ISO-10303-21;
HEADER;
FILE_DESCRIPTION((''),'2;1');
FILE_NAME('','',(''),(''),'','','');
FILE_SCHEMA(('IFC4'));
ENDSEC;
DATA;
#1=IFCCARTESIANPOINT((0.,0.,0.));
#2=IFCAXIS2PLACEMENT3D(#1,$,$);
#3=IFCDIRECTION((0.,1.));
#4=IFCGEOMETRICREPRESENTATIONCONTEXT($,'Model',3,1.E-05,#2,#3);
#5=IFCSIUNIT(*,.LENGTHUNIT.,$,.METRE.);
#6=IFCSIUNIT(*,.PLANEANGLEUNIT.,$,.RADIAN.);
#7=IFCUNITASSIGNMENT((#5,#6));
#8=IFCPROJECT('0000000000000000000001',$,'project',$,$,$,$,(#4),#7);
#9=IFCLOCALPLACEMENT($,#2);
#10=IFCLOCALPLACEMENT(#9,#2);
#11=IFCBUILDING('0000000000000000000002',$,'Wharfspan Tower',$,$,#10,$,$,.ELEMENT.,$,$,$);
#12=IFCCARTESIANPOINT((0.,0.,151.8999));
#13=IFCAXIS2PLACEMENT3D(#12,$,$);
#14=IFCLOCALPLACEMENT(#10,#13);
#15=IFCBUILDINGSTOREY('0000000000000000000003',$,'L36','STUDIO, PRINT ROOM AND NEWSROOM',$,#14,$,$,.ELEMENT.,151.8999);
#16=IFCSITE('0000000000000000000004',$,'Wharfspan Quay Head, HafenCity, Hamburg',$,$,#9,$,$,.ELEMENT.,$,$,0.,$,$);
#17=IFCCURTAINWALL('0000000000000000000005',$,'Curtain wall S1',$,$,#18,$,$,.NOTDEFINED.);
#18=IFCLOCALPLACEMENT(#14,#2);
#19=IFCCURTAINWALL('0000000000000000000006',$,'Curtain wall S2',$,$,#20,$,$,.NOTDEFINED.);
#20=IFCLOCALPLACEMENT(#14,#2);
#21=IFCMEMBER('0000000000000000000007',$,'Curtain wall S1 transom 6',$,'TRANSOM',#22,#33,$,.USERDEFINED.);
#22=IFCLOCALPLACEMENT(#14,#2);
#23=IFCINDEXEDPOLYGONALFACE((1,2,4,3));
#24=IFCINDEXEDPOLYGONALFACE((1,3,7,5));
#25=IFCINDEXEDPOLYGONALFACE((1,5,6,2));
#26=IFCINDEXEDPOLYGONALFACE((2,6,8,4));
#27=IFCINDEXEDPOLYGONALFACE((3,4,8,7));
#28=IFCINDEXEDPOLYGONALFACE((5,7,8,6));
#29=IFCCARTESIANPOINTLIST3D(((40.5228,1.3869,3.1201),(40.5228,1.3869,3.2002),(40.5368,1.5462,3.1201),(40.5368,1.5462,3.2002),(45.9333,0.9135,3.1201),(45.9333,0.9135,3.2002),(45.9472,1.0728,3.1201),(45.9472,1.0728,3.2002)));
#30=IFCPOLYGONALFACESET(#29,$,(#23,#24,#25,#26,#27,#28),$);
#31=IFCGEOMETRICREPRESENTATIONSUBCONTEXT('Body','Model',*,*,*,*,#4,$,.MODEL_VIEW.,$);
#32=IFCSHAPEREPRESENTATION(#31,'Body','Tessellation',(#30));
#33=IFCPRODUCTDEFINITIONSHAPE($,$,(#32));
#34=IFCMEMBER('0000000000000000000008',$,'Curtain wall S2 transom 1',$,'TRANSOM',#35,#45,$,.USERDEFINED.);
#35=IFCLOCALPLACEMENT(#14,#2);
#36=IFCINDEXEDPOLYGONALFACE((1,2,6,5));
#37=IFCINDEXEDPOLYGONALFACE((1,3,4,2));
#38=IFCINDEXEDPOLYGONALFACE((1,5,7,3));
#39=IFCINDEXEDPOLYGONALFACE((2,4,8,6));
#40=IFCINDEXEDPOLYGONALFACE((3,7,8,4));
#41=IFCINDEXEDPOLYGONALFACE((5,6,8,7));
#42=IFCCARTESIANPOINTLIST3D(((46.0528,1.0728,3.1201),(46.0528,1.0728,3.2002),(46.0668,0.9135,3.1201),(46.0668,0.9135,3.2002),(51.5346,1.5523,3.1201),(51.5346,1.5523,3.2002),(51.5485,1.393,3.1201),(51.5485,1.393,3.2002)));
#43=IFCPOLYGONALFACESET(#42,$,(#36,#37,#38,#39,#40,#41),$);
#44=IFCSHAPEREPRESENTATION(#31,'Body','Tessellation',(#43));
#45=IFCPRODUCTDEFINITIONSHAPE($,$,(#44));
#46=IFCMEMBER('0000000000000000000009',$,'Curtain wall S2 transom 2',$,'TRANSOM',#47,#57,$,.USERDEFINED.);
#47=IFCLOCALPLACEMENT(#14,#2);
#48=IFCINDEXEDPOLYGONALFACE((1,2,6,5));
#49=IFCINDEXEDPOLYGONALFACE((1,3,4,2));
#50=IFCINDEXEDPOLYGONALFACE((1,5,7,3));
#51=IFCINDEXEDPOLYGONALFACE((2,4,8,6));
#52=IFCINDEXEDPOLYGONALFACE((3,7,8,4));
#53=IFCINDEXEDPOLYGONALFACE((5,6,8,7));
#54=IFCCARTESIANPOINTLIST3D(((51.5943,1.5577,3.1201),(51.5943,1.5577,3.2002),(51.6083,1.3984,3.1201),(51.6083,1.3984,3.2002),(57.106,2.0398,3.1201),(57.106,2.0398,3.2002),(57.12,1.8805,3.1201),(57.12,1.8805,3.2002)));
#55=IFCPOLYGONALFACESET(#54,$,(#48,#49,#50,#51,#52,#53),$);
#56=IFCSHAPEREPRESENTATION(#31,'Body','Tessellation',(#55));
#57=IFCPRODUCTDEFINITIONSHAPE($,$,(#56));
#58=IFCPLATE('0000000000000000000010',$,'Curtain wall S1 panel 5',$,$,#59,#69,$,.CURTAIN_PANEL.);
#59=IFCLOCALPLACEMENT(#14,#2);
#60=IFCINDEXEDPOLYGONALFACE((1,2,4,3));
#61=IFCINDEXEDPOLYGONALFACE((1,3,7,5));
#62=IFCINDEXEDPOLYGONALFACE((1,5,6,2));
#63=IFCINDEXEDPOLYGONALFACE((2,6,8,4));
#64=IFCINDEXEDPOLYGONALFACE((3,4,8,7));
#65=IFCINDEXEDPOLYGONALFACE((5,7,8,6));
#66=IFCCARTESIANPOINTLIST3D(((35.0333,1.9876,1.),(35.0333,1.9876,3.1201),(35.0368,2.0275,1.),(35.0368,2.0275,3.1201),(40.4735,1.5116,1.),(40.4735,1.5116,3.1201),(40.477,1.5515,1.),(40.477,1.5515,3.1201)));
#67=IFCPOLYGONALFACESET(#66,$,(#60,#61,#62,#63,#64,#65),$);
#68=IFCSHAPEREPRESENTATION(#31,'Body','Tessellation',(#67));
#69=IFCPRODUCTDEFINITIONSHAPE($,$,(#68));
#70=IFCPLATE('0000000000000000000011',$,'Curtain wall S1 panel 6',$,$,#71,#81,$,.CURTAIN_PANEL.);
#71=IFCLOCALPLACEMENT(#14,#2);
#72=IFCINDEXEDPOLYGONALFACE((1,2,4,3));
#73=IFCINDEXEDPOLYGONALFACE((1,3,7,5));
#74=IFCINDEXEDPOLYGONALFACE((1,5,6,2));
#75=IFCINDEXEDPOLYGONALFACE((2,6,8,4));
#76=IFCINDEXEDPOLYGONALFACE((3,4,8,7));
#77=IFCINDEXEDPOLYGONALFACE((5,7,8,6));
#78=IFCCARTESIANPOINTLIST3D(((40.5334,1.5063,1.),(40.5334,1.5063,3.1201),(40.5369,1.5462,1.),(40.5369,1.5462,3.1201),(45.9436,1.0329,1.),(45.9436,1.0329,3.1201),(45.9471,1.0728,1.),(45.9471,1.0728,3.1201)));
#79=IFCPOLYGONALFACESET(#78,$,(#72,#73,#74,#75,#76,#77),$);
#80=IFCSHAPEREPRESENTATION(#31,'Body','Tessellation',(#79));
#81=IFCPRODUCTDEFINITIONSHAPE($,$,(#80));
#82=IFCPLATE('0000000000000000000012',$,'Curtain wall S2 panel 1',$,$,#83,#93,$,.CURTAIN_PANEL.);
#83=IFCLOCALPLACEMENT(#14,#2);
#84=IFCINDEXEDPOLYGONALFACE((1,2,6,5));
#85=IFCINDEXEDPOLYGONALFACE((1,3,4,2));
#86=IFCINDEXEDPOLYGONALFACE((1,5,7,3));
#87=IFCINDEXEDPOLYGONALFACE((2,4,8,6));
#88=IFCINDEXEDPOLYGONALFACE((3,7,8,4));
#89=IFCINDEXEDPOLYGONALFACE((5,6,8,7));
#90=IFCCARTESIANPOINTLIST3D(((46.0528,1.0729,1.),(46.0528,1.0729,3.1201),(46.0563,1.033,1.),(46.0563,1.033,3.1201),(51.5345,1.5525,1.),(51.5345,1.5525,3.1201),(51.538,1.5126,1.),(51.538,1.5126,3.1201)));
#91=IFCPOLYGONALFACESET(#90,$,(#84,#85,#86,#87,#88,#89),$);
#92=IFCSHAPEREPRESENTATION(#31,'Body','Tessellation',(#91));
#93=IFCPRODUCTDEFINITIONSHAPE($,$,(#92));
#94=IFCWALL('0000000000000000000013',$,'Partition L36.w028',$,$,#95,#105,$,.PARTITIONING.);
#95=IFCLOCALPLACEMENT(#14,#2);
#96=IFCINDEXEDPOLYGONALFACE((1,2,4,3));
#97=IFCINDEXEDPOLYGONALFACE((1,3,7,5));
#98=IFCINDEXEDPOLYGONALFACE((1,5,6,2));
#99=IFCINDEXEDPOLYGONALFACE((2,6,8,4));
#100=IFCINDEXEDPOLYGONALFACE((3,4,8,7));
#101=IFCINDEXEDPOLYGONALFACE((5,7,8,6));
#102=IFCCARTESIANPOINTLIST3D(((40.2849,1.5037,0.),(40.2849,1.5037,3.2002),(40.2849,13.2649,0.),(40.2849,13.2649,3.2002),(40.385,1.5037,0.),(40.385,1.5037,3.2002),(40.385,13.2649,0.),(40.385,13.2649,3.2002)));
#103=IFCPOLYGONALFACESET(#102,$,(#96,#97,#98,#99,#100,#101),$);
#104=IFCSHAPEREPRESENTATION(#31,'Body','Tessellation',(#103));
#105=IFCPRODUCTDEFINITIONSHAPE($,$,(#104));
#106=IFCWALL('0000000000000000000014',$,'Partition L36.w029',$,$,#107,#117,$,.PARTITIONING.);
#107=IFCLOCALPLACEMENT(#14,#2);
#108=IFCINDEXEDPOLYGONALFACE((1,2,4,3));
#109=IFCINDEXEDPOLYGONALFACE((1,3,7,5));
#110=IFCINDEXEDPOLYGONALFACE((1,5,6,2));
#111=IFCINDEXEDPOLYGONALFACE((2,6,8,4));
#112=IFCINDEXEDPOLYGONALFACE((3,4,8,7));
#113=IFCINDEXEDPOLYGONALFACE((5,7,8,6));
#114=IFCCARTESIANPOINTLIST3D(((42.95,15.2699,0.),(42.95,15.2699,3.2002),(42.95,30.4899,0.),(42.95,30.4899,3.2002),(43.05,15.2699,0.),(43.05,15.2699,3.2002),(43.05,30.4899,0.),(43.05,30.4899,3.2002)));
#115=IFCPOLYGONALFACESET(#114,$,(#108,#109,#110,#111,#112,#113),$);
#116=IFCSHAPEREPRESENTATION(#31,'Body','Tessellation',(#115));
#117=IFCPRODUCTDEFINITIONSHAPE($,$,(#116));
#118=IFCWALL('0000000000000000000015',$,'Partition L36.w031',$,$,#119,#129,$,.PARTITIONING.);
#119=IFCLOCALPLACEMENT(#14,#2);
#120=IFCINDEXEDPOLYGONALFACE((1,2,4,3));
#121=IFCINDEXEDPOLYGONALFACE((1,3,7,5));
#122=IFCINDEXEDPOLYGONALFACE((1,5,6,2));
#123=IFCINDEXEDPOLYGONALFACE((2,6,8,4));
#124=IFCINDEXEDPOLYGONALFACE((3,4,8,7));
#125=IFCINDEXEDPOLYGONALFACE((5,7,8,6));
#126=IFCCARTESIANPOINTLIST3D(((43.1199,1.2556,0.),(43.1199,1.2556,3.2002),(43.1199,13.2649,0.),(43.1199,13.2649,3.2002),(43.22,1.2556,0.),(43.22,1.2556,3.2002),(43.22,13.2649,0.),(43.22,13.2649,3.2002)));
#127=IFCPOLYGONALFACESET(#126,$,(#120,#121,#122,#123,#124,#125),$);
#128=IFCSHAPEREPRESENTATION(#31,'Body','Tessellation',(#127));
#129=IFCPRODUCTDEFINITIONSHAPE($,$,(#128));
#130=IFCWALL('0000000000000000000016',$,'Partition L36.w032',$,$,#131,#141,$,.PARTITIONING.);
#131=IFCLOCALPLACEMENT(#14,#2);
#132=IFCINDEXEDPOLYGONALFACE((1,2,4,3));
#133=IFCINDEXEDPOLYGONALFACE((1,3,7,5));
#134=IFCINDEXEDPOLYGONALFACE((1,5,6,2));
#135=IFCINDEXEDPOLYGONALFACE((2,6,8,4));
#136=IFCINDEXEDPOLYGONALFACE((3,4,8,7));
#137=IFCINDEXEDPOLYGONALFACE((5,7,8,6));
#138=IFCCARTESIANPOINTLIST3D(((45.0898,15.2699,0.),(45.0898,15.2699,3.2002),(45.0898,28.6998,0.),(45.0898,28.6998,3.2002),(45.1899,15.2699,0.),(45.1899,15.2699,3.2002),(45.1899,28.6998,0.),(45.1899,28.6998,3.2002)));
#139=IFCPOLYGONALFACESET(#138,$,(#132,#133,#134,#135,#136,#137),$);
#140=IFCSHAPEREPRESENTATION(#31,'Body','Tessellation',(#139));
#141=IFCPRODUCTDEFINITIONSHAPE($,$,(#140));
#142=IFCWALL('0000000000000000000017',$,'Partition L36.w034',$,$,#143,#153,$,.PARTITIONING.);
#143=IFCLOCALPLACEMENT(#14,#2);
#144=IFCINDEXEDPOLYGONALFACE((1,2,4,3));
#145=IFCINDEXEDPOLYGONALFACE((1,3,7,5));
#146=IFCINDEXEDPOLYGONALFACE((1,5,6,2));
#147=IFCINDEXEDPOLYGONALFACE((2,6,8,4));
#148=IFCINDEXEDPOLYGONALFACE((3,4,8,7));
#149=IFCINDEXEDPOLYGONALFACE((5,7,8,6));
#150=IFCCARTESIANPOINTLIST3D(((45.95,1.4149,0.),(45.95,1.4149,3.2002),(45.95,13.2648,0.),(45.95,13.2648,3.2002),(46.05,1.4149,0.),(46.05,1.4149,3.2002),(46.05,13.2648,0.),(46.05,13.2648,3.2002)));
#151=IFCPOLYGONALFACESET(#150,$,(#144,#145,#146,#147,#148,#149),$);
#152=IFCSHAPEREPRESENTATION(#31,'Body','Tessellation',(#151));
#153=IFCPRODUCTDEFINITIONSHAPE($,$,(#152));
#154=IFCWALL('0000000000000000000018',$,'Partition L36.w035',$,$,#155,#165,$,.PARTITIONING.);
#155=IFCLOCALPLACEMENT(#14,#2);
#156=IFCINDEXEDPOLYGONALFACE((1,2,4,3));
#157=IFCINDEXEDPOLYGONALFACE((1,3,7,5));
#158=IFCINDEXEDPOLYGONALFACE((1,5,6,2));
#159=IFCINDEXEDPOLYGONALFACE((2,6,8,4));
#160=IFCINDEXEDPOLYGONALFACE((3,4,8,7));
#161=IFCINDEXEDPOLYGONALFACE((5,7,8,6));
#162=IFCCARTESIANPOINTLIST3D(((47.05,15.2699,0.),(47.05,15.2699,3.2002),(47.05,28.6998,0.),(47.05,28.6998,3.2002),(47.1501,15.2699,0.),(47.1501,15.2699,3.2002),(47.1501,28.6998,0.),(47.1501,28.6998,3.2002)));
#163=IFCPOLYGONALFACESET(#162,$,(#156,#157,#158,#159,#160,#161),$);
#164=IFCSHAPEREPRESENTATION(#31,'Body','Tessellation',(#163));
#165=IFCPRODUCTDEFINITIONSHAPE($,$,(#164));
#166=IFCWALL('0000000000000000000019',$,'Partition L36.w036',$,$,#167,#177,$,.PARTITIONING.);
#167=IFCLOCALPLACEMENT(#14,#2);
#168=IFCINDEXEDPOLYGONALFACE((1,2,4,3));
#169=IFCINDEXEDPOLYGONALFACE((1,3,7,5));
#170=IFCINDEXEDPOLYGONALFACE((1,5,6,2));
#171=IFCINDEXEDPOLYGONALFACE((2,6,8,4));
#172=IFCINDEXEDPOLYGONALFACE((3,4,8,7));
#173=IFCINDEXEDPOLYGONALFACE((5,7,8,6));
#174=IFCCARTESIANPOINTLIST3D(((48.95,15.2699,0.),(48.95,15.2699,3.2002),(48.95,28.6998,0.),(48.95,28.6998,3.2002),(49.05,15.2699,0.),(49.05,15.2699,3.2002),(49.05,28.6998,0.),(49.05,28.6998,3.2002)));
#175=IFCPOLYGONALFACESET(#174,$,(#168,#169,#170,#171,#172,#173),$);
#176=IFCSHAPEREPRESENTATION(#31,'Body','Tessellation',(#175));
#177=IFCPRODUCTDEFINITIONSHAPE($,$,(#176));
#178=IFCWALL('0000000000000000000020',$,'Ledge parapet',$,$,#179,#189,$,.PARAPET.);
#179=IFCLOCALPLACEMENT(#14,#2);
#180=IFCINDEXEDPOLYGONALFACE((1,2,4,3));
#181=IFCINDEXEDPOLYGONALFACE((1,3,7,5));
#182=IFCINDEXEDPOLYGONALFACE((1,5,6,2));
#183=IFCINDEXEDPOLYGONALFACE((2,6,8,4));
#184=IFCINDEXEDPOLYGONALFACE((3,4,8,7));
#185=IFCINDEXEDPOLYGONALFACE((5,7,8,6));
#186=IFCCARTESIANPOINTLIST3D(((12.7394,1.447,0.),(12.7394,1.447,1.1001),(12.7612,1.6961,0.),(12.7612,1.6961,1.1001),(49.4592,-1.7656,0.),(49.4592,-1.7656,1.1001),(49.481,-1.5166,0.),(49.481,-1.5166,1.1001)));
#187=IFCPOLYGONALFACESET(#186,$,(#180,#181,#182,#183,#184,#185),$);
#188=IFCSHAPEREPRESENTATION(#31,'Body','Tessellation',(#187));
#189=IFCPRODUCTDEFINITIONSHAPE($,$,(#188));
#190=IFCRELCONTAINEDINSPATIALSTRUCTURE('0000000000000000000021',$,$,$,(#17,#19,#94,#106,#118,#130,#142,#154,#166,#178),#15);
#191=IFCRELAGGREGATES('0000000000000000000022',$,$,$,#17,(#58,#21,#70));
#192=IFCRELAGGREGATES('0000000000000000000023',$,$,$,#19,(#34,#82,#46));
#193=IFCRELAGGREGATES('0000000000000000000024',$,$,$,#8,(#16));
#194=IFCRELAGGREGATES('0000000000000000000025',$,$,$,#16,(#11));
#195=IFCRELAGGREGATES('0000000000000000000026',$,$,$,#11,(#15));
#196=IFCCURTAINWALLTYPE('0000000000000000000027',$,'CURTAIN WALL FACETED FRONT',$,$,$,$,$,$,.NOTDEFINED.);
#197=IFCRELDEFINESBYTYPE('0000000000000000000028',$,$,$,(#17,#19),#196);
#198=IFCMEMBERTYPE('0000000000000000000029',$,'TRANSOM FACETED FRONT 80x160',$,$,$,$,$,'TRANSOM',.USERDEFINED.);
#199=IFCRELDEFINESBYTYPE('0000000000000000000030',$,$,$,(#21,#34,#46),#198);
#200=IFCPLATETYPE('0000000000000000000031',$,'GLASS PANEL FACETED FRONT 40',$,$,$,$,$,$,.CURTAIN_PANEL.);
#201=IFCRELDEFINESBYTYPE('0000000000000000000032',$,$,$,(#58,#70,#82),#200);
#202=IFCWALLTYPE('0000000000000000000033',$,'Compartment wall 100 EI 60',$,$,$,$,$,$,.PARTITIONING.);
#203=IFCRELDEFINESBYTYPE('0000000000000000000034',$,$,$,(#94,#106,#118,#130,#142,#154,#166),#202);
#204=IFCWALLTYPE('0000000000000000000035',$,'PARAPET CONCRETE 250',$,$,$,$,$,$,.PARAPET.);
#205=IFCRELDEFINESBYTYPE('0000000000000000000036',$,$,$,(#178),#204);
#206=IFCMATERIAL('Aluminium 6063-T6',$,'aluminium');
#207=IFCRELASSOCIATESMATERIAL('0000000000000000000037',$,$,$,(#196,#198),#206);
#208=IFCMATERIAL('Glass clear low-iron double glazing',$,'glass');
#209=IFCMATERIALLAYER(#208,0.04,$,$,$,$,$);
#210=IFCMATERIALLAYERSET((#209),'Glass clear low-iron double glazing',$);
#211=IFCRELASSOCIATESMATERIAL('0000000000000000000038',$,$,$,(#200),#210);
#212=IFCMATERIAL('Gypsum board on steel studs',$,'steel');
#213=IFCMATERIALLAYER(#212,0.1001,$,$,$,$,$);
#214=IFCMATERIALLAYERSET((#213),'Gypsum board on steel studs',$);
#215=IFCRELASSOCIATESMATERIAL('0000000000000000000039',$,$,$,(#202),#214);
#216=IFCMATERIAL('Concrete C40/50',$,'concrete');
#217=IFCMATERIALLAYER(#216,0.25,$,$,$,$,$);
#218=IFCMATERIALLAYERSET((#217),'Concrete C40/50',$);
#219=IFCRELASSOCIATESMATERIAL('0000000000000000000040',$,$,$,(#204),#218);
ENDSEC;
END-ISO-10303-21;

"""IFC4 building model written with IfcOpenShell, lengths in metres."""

from ifc_helpers import new_model, si_unit, direction, frame, frame_2d, origin, origin_2d, place, context, subcontext, project, spatial, rectangle, extrude, material, layer, layer_set, material_profile, profile_set, type_object, element, aggregate, save


model = new_model("IFC4")

# Units and contexts
model_context = context("Model", 3, precision=1e-05, world=origin(), true_north=direction((0.0, 1.0)))
body_context = subcontext(model_context, "Body", "Model", "MODEL_VIEW")
ifc_project = project(units=[si_unit("LENGTHUNIT", "METRE"), si_unit("PLANEANGLEUNIT", "RADIAN")], contexts=[model_context])

# Site, building, storey
site_placement = place(None, origin())
site = spatial("IfcSite", under=ifc_project, at=site_placement, Name="Wharfspan Quay Head, HafenCity, Hamburg", CompositionType="ELEMENT", RefElevation=0.0)
building_placement = place(site_placement, origin())
building = spatial("IfcBuilding", under=site, at=building_placement, Name="Wharfspan Tower", CompositionType="ELEMENT")
storey_placement = place(building_placement, frame((0.0, 0.0, 151.8999)))
storey = spatial("IfcBuildingStorey", under=building, at=storey_placement, Name="L36", Description="STUDIO, PRINT ROOM AND NEWSROOM", CompositionType="ELEMENT", Elevation=151.8999)

# Curtain walls
ifc_material_1 = material(Name="Aluminium 6063-T6", Category="aluminium")
curtain_wall_type = type_object("IfcCurtainWallType", Name="CURTAIN WALL FACETED FRONT", PredefinedType="NOTDEFINED", material=ifc_material_1)
curtain_wall_1_placement = place(storey_placement, origin())
curtain_wall_1 = element("IfcCurtainWall", 1, at=curtain_wall_1_placement, inside=storey, type_object=curtain_wall_type, Name="Curtain wall S1", PredefinedType="NOTDEFINED")
curtain_wall_2_placement = place(storey_placement, origin())
curtain_wall_2 = element("IfcCurtainWall", 2, at=curtain_wall_2_placement, inside=storey, type_object=curtain_wall_type, Name="Curtain wall S2", PredefinedType="NOTDEFINED")

# Members
ifc_material_profile_1 = material_profile(ifc_material_1, rectangle(XDim=0.1599, YDim=0.0801, at=origin_2d()))
ifc_profile_set_1 = profile_set([ifc_material_profile_1], Name="Aluminium 6063-T6")
member_type_1 = type_object("IfcMemberType", Name="TRANSOM FACETED FRONT 80x160", ElementType="TRANSOM", PredefinedType="USERDEFINED", material=ifc_profile_set_1)
member_1_placement = place(storey_placement, frame((40.5298, 1.4666, 3.1602), z_axis=(0.996194, -0.087163, 0.0), x_axis=(0.087163, 0.996194, 0.0)))
member_1 = element("IfcMember", 3, at=member_1_placement, type_object=member_type_1, Name="Curtain wall S1 transom 6", ObjectType="TRANSOM", PredefinedType="USERDEFINED", context=body_context, shape_type="SweptSolid", body=[
    extrude(rectangle(XDim=0.1599, YDim=0.0801, at=origin_2d()), origin(), (0.0, 0.0, 1.0), 5.4312),
])
member_2_placement = place(storey_placement, frame((46.0598, 0.9932, 3.1602), z_axis=(0.996196, 0.087139, 0.0), x_axis=(-0.087139, 0.996196, 0.0)))
member_2 = element("IfcMember", 4, at=member_2_placement, type_object=member_type_1, Name="Curtain wall S2 transom 1", ObjectType="TRANSOM", PredefinedType="USERDEFINED", context=body_context, shape_type="SweptSolid", body=[
    extrude(rectangle(XDim=0.1599, YDim=0.0801, at=origin_2d()), origin(), (0.0, 0.0, 1.0), 5.5027),
])
member_3_placement = place(storey_placement, frame((51.6013, 1.478, 3.1602), z_axis=(0.996195, 0.087149, 0.0), x_axis=(-0.087149, 0.996195, 0.0)))
member_3 = element("IfcMember", 5, at=member_3_placement, type_object=member_type_1, Name="Curtain wall S2 transom 2", ObjectType="TRANSOM", PredefinedType="USERDEFINED", context=body_context, shape_type="SweptSolid", body=[
    extrude(rectangle(XDim=0.1599, YDim=0.0801, at=origin_2d()), origin(), (0.0, 0.0, 1.0), 5.5327),
])

# Plates
ifc_material_2 = material(Name="Glass clear low-iron double glazing", Category="glass")
ifc_layer_1 = layer(ifc_material_2, 0.04)
ifc_layer_set_1 = layer_set([ifc_layer_1], Name="Glass clear low-iron double glazing")
plate_type = type_object("IfcPlateType", Name="GLASS PANEL FACETED FRONT 40", PredefinedType="CURTAIN_PANEL", material=ifc_layer_set_1)
plate_1_placement = place(storey_placement, frame((37.7551, 1.7695, 1.0), z_axis=(0.0, 0.0, 1.0), x_axis=(0.996198, -0.087156, 0.0)))
plate_1 = element("IfcPlate", 6, at=plate_1_placement, type_object=plate_type, Name="Curtain wall S1 panel 5", PredefinedType="CURTAIN_PANEL", context=body_context, shape_type="SweptSolid", body=[
    extrude(rectangle(XDim=5.4609, YDim=0.04, at=origin_2d()), origin(), (0.0, 0.0, 1.0), 2.1201),
])
plate_2_placement = place(storey_placement, frame((43.2402, 1.2896, 1.0), z_axis=(0.0, 0.0, 1.0), x_axis=(0.996198, -0.087156, 0.0)))
plate_2 = element("IfcPlate", 7, at=plate_2_placement, type_object=plate_type, Name="Curtain wall S1 panel 6", PredefinedType="CURTAIN_PANEL", context=body_context, shape_type="SweptSolid", body=[
    extrude(rectangle(XDim=5.4309, YDim=0.04, at=origin_2d()), origin(), (0.0, 0.0, 1.0), 2.1201),
])
aggregate(curtain_wall_1, [plate_1, member_1, plate_2])
plate_3_placement = place(storey_placement, frame((48.7954, 1.2927, 1.0), z_axis=(0.0, 0.0, 1.0), x_axis=(0.996198, 0.087156, 0.0)))
plate_3 = element("IfcPlate", 8, at=plate_3_placement, type_object=plate_type, Name="Curtain wall S2 panel 1", PredefinedType="CURTAIN_PANEL", context=body_context, shape_type="SweptSolid", body=[
    extrude(rectangle(XDim=5.5027, YDim=0.04, at=origin_2d()), origin(), (0.0, 0.0, 1.0), 2.1201),
])
aggregate(curtain_wall_2, [member_2, plate_3, member_3])

# Walls
ifc_material_3 = material(Name="Gypsum board on steel studs", Category="steel")
ifc_layer_2 = layer(ifc_material_3, 0.1001)
ifc_layer_set_2 = layer_set([ifc_layer_2], Name="Gypsum board on steel studs")
wall_type_1 = type_object("IfcWallType", Name="Compartment wall 100 EI 60", PredefinedType="PARTITIONING", material=ifc_layer_set_2)
wall_1_placement = place(storey_placement, frame((40.335, 1.5037, 0.0), z_axis=(0.0, 0.0, 1.0), x_axis=(0.0, 1.0, 0.0)))
element("IfcWall", 9, at=wall_1_placement, inside=storey, type_object=wall_type_1, Name="Partition L36.w028", PredefinedType="PARTITIONING", context=body_context, shape_type="SweptSolid", body=[
    extrude(rectangle(XDim=11.7612, YDim=0.1001, at=frame_2d((5.8806, 0.0))), origin(), (0.0, 0.0, 1.0), 3.2002),
])
wall_2_placement = place(storey_placement, frame((43.0, 15.27, 0.0), z_axis=(0.0, 0.0, 1.0), x_axis=(0.0, 1.0, 0.0)))
element("IfcWall", 10, at=wall_2_placement, inside=storey, type_object=wall_type_1, Name="Partition L36.w029", PredefinedType="PARTITIONING", context=body_context, shape_type="SweptSolid", body=[
    extrude(rectangle(XDim=15.22, YDim=0.1001, at=frame_2d((7.6099, 0.0))), origin(), (0.0, 0.0, 1.0), 3.2002),
])
wall_3_placement = place(storey_placement, frame((43.1699, 1.2556, 0.0), z_axis=(0.0, 0.0, 1.0), x_axis=(0.0, 1.0, 0.0)))
element("IfcWall", 11, at=wall_3_placement, inside=storey, type_object=wall_type_1, Name="Partition L36.w031", PredefinedType="PARTITIONING", context=body_context, shape_type="SweptSolid", body=[
    extrude(rectangle(XDim=12.0093, YDim=0.1001, at=frame_2d((6.0046, 0.0))), origin(), (0.0, 0.0, 1.0), 3.2002),
])
wall_4_placement = place(storey_placement, frame((45.1399, 15.27, 0.0), z_axis=(0.0, 0.0, 1.0), x_axis=(0.0, 1.0, 0.0)))
element("IfcWall", 12, at=wall_4_placement, inside=storey, type_object=wall_type_1, Name="Partition L36.w032", PredefinedType="PARTITIONING", context=body_context, shape_type="SweptSolid", body=[
    extrude(rectangle(XDim=13.4299, YDim=0.1001, at=frame_2d((6.7148, 0.0))), origin(), (0.0, 0.0, 1.0), 3.2002),
])
wall_5_placement = place(storey_placement, frame((46.0, 1.415, 0.0), z_axis=(0.0, 0.0, 1.0), x_axis=(0.0, 1.0, 0.0)))
element("IfcWall", 13, at=wall_5_placement, inside=storey, type_object=wall_type_1, Name="Partition L36.w034", PredefinedType="PARTITIONING", context=body_context, shape_type="SweptSolid", body=[
    extrude(rectangle(XDim=11.8499, YDim=0.1001, at=frame_2d((5.9248, 0.0))), origin(), (0.0, 0.0, 1.0), 3.2002),
])
for number, where, z_axis, x_axis, name in (
    (14, (47.1001, 15.27, 0.0), (0.0, 0.0, 1.0), (0.0, 1.0, 0.0), "Partition L36.w035"),
    (15, (49.0, 15.27, 0.0), (0.0, 0.0, 1.0), (0.0, 1.0, 0.0), "Partition L36.w036"),
):
    element("IfcWall", number, at=place(storey_placement, frame(where, z_axis=z_axis, x_axis=x_axis)), inside=storey, type_object=wall_type_1, Name=name, PredefinedType="PARTITIONING", context=body_context, shape_type="SweptSolid", body=[
        extrude(rectangle(XDim=13.4299, YDim=0.1001, at=frame_2d((6.7148, 0.0))), origin(), (0.0, 0.0, 1.0), 3.2002),
    ])
ifc_material_4 = material(Name="Concrete C40/50", Category="concrete")
ifc_layer_3 = layer(ifc_material_4, 0.25)
ifc_layer_set_3 = layer_set([ifc_layer_3], Name="Concrete C40/50")
wall_type_2 = type_object("IfcWallType", Name="PARAPET CONCRETE 250", PredefinedType="PARAPET", material=ifc_layer_set_3)
wall_6_placement = place(storey_placement, frame((49.4702, -1.6411, 0.0), z_axis=(0.0, 0.0, 1.0), x_axis=(-0.996194, 0.087158, 0.0)))
element("IfcWall", 16, at=wall_6_placement, inside=storey, type_object=wall_type_2, Name="Ledge parapet", PredefinedType="PARAPET", context=body_context, shape_type="SweptSolid", body=[
    extrude(rectangle(XDim=36.8601, YDim=0.25, at=frame_2d((18.4302, 0.0))), origin(), (0.0, 0.0, 1.0), 1.1001),
])

save(model, "model.ifc")
